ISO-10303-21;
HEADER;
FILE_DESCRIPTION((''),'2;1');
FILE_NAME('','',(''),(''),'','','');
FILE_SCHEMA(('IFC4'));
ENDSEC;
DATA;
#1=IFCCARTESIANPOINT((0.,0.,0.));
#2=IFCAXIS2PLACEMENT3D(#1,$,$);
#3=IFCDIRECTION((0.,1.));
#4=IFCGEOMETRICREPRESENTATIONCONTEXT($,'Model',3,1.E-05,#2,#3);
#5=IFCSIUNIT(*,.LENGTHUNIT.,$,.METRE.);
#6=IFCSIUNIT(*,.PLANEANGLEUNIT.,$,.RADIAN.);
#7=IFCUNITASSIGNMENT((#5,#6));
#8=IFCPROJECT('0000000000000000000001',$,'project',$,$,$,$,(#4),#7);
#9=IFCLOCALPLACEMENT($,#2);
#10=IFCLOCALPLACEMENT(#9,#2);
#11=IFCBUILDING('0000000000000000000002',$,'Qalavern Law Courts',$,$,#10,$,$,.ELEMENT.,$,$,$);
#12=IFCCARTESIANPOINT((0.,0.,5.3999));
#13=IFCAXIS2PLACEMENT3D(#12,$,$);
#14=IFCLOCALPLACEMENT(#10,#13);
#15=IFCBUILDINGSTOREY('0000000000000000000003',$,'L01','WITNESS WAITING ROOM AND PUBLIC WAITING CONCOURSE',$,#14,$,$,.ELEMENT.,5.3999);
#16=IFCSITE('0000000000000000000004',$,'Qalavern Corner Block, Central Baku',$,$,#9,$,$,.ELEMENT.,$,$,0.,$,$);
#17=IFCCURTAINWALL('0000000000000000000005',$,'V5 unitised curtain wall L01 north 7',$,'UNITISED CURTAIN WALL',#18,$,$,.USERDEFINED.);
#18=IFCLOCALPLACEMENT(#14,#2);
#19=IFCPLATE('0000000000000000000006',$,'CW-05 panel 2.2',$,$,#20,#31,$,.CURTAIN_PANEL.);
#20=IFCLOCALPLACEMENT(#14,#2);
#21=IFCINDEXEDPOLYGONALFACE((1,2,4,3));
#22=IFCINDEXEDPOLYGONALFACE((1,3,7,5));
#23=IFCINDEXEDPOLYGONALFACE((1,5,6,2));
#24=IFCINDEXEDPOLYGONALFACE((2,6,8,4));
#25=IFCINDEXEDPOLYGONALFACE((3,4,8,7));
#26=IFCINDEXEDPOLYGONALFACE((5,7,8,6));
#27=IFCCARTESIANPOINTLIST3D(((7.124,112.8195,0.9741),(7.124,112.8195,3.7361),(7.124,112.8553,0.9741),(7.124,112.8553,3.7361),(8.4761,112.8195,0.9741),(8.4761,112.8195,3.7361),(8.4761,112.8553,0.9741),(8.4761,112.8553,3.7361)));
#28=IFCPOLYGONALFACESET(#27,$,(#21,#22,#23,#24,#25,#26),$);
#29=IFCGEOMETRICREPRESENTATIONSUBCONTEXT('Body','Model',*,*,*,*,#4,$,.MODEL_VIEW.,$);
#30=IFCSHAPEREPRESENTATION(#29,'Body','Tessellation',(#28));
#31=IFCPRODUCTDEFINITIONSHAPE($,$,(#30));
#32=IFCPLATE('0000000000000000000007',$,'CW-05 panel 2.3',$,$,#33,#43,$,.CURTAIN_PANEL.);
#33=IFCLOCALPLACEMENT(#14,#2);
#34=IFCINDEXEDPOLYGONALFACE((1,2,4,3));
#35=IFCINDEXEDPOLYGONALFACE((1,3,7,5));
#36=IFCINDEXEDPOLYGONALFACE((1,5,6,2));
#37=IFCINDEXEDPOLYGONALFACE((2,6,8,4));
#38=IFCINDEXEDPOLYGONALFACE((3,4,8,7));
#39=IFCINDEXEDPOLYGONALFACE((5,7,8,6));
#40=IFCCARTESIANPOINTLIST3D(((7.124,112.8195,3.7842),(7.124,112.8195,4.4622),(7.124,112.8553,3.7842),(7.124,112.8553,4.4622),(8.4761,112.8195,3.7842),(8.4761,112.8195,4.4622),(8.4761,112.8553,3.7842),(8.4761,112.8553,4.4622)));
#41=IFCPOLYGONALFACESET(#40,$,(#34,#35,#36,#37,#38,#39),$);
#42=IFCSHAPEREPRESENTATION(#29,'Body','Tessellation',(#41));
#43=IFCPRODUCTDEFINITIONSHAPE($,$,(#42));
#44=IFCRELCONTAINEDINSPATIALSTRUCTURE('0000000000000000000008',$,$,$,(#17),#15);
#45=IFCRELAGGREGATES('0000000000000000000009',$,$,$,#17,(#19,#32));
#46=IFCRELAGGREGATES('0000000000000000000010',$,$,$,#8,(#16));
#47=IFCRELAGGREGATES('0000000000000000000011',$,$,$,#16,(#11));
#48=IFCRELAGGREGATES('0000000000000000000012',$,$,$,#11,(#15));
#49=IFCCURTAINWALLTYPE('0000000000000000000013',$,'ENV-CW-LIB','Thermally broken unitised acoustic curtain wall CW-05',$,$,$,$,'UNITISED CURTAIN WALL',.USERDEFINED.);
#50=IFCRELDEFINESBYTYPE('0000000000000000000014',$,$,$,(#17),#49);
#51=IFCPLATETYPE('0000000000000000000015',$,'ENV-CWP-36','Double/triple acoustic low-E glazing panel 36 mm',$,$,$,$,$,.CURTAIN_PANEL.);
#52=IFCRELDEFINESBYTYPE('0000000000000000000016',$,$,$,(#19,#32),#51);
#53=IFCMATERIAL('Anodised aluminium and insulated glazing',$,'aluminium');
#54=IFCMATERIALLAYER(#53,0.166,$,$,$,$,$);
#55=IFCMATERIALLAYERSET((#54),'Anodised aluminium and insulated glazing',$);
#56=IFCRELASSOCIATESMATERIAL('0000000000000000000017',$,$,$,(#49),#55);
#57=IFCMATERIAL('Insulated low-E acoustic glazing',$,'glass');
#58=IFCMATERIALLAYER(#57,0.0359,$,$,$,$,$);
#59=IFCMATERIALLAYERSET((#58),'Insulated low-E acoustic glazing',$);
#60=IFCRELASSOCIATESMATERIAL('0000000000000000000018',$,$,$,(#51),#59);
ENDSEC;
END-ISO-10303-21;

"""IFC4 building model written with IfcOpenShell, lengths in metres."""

from ifc_helpers import new_model, si_unit, direction, frame, origin, origin_2d, place, context, subcontext, project, spatial, rectangle, extrude, material, layer, layer_set, type_object, element, aggregate, save


model = new_model("IFC4")

# Units and contexts
model_context = context("Model", 3, precision=1e-05, world=origin(), true_north=direction((0.0, 1.0)))
body_context = subcontext(model_context, "Body", "Model", "MODEL_VIEW")
ifc_project = project(units=[si_unit("LENGTHUNIT", "METRE"), si_unit("PLANEANGLEUNIT", "RADIAN")], contexts=[model_context])

# Site, building, storey
site_placement = place(None, origin())
site = spatial("IfcSite", under=ifc_project, at=site_placement, Name="Qalavern Corner Block, Central Baku", CompositionType="ELEMENT", RefElevation=0.0)
building_placement = place(site_placement, origin())
building = spatial("IfcBuilding", under=site, at=building_placement, Name="Qalavern Law Courts", CompositionType="ELEMENT")
storey_placement = place(building_placement, frame((0.0, 0.0, 5.3999)))
storey = spatial("IfcBuildingStorey", under=building, at=storey_placement, Name="L01", Description="WITNESS WAITING ROOM AND PUBLIC WAITING CONCOURSE", CompositionType="ELEMENT", Elevation=5.3999)

# Curtain wall
ifc_material_1 = material(Name="Anodised aluminium and insulated glazing", Category="aluminium")
ifc_layer_1 = layer(ifc_material_1, 0.166)
ifc_layer_set_1 = layer_set([ifc_layer_1], Name="Anodised aluminium and insulated glazing")
curtain_wall_type = type_object("IfcCurtainWallType", Name="ENV-CW-LIB", Description="Thermally broken unitised acoustic curtain wall CW-05", ElementType="UNITISED CURTAIN WALL", PredefinedType="USERDEFINED", material=ifc_layer_set_1)
curtain_wall_placement = place(storey_placement, origin())
curtain_wall = element("IfcCurtainWall", 1, at=curtain_wall_placement, inside=storey, type_object=curtain_wall_type, Name="V5 unitised curtain wall L01 north 7", ObjectType="UNITISED CURTAIN WALL", PredefinedType="USERDEFINED")

# Plates
ifc_material_2 = material(Name="Insulated low-E acoustic glazing", Category="glass")
ifc_layer_2 = layer(ifc_material_2, 0.0359)
ifc_layer_set_2 = layer_set([ifc_layer_2], Name="Insulated low-E acoustic glazing")
plate_type = type_object("IfcPlateType", Name="ENV-CWP-36", Description="Double/triple acoustic low-E glazing panel 36 mm", PredefinedType="CURTAIN_PANEL", material=ifc_layer_set_2)
plate_1_placement = place(storey_placement, frame((7.8, 112.8374, 0.9741), z_axis=(0.0, 0.0, 1.0), x_axis=(-1.0, 0.0, 0.0)))
plate_1 = element("IfcPlate", 2, at=plate_1_placement, type_object=plate_type, Name="CW-05 panel 2.2", PredefinedType="CURTAIN_PANEL", context=body_context, shape_type="SweptSolid", body=[
    extrude(rectangle(XDim=1.3521, YDim=0.0359, at=origin_2d()), origin(), (0.0, 0.0, 1.0), 2.762),
])
plate_2_placement = place(storey_placement, frame((7.8, 112.8374, 3.7842), z_axis=(0.0, 0.0, 1.0), x_axis=(-1.0, 0.0, 0.0)))
plate_2 = element("IfcPlate", 3, at=plate_2_placement, type_object=plate_type, Name="CW-05 panel 2.3", PredefinedType="CURTAIN_PANEL", context=body_context, shape_type="SweptSolid", body=[
    extrude(rectangle(XDim=1.3521, YDim=0.0359, at=origin_2d()), origin(), (0.0, 0.0, 1.0), 0.678),
])
aggregate(curtain_wall, [plate_1, plate_2])

save(model, "model.ifc")
